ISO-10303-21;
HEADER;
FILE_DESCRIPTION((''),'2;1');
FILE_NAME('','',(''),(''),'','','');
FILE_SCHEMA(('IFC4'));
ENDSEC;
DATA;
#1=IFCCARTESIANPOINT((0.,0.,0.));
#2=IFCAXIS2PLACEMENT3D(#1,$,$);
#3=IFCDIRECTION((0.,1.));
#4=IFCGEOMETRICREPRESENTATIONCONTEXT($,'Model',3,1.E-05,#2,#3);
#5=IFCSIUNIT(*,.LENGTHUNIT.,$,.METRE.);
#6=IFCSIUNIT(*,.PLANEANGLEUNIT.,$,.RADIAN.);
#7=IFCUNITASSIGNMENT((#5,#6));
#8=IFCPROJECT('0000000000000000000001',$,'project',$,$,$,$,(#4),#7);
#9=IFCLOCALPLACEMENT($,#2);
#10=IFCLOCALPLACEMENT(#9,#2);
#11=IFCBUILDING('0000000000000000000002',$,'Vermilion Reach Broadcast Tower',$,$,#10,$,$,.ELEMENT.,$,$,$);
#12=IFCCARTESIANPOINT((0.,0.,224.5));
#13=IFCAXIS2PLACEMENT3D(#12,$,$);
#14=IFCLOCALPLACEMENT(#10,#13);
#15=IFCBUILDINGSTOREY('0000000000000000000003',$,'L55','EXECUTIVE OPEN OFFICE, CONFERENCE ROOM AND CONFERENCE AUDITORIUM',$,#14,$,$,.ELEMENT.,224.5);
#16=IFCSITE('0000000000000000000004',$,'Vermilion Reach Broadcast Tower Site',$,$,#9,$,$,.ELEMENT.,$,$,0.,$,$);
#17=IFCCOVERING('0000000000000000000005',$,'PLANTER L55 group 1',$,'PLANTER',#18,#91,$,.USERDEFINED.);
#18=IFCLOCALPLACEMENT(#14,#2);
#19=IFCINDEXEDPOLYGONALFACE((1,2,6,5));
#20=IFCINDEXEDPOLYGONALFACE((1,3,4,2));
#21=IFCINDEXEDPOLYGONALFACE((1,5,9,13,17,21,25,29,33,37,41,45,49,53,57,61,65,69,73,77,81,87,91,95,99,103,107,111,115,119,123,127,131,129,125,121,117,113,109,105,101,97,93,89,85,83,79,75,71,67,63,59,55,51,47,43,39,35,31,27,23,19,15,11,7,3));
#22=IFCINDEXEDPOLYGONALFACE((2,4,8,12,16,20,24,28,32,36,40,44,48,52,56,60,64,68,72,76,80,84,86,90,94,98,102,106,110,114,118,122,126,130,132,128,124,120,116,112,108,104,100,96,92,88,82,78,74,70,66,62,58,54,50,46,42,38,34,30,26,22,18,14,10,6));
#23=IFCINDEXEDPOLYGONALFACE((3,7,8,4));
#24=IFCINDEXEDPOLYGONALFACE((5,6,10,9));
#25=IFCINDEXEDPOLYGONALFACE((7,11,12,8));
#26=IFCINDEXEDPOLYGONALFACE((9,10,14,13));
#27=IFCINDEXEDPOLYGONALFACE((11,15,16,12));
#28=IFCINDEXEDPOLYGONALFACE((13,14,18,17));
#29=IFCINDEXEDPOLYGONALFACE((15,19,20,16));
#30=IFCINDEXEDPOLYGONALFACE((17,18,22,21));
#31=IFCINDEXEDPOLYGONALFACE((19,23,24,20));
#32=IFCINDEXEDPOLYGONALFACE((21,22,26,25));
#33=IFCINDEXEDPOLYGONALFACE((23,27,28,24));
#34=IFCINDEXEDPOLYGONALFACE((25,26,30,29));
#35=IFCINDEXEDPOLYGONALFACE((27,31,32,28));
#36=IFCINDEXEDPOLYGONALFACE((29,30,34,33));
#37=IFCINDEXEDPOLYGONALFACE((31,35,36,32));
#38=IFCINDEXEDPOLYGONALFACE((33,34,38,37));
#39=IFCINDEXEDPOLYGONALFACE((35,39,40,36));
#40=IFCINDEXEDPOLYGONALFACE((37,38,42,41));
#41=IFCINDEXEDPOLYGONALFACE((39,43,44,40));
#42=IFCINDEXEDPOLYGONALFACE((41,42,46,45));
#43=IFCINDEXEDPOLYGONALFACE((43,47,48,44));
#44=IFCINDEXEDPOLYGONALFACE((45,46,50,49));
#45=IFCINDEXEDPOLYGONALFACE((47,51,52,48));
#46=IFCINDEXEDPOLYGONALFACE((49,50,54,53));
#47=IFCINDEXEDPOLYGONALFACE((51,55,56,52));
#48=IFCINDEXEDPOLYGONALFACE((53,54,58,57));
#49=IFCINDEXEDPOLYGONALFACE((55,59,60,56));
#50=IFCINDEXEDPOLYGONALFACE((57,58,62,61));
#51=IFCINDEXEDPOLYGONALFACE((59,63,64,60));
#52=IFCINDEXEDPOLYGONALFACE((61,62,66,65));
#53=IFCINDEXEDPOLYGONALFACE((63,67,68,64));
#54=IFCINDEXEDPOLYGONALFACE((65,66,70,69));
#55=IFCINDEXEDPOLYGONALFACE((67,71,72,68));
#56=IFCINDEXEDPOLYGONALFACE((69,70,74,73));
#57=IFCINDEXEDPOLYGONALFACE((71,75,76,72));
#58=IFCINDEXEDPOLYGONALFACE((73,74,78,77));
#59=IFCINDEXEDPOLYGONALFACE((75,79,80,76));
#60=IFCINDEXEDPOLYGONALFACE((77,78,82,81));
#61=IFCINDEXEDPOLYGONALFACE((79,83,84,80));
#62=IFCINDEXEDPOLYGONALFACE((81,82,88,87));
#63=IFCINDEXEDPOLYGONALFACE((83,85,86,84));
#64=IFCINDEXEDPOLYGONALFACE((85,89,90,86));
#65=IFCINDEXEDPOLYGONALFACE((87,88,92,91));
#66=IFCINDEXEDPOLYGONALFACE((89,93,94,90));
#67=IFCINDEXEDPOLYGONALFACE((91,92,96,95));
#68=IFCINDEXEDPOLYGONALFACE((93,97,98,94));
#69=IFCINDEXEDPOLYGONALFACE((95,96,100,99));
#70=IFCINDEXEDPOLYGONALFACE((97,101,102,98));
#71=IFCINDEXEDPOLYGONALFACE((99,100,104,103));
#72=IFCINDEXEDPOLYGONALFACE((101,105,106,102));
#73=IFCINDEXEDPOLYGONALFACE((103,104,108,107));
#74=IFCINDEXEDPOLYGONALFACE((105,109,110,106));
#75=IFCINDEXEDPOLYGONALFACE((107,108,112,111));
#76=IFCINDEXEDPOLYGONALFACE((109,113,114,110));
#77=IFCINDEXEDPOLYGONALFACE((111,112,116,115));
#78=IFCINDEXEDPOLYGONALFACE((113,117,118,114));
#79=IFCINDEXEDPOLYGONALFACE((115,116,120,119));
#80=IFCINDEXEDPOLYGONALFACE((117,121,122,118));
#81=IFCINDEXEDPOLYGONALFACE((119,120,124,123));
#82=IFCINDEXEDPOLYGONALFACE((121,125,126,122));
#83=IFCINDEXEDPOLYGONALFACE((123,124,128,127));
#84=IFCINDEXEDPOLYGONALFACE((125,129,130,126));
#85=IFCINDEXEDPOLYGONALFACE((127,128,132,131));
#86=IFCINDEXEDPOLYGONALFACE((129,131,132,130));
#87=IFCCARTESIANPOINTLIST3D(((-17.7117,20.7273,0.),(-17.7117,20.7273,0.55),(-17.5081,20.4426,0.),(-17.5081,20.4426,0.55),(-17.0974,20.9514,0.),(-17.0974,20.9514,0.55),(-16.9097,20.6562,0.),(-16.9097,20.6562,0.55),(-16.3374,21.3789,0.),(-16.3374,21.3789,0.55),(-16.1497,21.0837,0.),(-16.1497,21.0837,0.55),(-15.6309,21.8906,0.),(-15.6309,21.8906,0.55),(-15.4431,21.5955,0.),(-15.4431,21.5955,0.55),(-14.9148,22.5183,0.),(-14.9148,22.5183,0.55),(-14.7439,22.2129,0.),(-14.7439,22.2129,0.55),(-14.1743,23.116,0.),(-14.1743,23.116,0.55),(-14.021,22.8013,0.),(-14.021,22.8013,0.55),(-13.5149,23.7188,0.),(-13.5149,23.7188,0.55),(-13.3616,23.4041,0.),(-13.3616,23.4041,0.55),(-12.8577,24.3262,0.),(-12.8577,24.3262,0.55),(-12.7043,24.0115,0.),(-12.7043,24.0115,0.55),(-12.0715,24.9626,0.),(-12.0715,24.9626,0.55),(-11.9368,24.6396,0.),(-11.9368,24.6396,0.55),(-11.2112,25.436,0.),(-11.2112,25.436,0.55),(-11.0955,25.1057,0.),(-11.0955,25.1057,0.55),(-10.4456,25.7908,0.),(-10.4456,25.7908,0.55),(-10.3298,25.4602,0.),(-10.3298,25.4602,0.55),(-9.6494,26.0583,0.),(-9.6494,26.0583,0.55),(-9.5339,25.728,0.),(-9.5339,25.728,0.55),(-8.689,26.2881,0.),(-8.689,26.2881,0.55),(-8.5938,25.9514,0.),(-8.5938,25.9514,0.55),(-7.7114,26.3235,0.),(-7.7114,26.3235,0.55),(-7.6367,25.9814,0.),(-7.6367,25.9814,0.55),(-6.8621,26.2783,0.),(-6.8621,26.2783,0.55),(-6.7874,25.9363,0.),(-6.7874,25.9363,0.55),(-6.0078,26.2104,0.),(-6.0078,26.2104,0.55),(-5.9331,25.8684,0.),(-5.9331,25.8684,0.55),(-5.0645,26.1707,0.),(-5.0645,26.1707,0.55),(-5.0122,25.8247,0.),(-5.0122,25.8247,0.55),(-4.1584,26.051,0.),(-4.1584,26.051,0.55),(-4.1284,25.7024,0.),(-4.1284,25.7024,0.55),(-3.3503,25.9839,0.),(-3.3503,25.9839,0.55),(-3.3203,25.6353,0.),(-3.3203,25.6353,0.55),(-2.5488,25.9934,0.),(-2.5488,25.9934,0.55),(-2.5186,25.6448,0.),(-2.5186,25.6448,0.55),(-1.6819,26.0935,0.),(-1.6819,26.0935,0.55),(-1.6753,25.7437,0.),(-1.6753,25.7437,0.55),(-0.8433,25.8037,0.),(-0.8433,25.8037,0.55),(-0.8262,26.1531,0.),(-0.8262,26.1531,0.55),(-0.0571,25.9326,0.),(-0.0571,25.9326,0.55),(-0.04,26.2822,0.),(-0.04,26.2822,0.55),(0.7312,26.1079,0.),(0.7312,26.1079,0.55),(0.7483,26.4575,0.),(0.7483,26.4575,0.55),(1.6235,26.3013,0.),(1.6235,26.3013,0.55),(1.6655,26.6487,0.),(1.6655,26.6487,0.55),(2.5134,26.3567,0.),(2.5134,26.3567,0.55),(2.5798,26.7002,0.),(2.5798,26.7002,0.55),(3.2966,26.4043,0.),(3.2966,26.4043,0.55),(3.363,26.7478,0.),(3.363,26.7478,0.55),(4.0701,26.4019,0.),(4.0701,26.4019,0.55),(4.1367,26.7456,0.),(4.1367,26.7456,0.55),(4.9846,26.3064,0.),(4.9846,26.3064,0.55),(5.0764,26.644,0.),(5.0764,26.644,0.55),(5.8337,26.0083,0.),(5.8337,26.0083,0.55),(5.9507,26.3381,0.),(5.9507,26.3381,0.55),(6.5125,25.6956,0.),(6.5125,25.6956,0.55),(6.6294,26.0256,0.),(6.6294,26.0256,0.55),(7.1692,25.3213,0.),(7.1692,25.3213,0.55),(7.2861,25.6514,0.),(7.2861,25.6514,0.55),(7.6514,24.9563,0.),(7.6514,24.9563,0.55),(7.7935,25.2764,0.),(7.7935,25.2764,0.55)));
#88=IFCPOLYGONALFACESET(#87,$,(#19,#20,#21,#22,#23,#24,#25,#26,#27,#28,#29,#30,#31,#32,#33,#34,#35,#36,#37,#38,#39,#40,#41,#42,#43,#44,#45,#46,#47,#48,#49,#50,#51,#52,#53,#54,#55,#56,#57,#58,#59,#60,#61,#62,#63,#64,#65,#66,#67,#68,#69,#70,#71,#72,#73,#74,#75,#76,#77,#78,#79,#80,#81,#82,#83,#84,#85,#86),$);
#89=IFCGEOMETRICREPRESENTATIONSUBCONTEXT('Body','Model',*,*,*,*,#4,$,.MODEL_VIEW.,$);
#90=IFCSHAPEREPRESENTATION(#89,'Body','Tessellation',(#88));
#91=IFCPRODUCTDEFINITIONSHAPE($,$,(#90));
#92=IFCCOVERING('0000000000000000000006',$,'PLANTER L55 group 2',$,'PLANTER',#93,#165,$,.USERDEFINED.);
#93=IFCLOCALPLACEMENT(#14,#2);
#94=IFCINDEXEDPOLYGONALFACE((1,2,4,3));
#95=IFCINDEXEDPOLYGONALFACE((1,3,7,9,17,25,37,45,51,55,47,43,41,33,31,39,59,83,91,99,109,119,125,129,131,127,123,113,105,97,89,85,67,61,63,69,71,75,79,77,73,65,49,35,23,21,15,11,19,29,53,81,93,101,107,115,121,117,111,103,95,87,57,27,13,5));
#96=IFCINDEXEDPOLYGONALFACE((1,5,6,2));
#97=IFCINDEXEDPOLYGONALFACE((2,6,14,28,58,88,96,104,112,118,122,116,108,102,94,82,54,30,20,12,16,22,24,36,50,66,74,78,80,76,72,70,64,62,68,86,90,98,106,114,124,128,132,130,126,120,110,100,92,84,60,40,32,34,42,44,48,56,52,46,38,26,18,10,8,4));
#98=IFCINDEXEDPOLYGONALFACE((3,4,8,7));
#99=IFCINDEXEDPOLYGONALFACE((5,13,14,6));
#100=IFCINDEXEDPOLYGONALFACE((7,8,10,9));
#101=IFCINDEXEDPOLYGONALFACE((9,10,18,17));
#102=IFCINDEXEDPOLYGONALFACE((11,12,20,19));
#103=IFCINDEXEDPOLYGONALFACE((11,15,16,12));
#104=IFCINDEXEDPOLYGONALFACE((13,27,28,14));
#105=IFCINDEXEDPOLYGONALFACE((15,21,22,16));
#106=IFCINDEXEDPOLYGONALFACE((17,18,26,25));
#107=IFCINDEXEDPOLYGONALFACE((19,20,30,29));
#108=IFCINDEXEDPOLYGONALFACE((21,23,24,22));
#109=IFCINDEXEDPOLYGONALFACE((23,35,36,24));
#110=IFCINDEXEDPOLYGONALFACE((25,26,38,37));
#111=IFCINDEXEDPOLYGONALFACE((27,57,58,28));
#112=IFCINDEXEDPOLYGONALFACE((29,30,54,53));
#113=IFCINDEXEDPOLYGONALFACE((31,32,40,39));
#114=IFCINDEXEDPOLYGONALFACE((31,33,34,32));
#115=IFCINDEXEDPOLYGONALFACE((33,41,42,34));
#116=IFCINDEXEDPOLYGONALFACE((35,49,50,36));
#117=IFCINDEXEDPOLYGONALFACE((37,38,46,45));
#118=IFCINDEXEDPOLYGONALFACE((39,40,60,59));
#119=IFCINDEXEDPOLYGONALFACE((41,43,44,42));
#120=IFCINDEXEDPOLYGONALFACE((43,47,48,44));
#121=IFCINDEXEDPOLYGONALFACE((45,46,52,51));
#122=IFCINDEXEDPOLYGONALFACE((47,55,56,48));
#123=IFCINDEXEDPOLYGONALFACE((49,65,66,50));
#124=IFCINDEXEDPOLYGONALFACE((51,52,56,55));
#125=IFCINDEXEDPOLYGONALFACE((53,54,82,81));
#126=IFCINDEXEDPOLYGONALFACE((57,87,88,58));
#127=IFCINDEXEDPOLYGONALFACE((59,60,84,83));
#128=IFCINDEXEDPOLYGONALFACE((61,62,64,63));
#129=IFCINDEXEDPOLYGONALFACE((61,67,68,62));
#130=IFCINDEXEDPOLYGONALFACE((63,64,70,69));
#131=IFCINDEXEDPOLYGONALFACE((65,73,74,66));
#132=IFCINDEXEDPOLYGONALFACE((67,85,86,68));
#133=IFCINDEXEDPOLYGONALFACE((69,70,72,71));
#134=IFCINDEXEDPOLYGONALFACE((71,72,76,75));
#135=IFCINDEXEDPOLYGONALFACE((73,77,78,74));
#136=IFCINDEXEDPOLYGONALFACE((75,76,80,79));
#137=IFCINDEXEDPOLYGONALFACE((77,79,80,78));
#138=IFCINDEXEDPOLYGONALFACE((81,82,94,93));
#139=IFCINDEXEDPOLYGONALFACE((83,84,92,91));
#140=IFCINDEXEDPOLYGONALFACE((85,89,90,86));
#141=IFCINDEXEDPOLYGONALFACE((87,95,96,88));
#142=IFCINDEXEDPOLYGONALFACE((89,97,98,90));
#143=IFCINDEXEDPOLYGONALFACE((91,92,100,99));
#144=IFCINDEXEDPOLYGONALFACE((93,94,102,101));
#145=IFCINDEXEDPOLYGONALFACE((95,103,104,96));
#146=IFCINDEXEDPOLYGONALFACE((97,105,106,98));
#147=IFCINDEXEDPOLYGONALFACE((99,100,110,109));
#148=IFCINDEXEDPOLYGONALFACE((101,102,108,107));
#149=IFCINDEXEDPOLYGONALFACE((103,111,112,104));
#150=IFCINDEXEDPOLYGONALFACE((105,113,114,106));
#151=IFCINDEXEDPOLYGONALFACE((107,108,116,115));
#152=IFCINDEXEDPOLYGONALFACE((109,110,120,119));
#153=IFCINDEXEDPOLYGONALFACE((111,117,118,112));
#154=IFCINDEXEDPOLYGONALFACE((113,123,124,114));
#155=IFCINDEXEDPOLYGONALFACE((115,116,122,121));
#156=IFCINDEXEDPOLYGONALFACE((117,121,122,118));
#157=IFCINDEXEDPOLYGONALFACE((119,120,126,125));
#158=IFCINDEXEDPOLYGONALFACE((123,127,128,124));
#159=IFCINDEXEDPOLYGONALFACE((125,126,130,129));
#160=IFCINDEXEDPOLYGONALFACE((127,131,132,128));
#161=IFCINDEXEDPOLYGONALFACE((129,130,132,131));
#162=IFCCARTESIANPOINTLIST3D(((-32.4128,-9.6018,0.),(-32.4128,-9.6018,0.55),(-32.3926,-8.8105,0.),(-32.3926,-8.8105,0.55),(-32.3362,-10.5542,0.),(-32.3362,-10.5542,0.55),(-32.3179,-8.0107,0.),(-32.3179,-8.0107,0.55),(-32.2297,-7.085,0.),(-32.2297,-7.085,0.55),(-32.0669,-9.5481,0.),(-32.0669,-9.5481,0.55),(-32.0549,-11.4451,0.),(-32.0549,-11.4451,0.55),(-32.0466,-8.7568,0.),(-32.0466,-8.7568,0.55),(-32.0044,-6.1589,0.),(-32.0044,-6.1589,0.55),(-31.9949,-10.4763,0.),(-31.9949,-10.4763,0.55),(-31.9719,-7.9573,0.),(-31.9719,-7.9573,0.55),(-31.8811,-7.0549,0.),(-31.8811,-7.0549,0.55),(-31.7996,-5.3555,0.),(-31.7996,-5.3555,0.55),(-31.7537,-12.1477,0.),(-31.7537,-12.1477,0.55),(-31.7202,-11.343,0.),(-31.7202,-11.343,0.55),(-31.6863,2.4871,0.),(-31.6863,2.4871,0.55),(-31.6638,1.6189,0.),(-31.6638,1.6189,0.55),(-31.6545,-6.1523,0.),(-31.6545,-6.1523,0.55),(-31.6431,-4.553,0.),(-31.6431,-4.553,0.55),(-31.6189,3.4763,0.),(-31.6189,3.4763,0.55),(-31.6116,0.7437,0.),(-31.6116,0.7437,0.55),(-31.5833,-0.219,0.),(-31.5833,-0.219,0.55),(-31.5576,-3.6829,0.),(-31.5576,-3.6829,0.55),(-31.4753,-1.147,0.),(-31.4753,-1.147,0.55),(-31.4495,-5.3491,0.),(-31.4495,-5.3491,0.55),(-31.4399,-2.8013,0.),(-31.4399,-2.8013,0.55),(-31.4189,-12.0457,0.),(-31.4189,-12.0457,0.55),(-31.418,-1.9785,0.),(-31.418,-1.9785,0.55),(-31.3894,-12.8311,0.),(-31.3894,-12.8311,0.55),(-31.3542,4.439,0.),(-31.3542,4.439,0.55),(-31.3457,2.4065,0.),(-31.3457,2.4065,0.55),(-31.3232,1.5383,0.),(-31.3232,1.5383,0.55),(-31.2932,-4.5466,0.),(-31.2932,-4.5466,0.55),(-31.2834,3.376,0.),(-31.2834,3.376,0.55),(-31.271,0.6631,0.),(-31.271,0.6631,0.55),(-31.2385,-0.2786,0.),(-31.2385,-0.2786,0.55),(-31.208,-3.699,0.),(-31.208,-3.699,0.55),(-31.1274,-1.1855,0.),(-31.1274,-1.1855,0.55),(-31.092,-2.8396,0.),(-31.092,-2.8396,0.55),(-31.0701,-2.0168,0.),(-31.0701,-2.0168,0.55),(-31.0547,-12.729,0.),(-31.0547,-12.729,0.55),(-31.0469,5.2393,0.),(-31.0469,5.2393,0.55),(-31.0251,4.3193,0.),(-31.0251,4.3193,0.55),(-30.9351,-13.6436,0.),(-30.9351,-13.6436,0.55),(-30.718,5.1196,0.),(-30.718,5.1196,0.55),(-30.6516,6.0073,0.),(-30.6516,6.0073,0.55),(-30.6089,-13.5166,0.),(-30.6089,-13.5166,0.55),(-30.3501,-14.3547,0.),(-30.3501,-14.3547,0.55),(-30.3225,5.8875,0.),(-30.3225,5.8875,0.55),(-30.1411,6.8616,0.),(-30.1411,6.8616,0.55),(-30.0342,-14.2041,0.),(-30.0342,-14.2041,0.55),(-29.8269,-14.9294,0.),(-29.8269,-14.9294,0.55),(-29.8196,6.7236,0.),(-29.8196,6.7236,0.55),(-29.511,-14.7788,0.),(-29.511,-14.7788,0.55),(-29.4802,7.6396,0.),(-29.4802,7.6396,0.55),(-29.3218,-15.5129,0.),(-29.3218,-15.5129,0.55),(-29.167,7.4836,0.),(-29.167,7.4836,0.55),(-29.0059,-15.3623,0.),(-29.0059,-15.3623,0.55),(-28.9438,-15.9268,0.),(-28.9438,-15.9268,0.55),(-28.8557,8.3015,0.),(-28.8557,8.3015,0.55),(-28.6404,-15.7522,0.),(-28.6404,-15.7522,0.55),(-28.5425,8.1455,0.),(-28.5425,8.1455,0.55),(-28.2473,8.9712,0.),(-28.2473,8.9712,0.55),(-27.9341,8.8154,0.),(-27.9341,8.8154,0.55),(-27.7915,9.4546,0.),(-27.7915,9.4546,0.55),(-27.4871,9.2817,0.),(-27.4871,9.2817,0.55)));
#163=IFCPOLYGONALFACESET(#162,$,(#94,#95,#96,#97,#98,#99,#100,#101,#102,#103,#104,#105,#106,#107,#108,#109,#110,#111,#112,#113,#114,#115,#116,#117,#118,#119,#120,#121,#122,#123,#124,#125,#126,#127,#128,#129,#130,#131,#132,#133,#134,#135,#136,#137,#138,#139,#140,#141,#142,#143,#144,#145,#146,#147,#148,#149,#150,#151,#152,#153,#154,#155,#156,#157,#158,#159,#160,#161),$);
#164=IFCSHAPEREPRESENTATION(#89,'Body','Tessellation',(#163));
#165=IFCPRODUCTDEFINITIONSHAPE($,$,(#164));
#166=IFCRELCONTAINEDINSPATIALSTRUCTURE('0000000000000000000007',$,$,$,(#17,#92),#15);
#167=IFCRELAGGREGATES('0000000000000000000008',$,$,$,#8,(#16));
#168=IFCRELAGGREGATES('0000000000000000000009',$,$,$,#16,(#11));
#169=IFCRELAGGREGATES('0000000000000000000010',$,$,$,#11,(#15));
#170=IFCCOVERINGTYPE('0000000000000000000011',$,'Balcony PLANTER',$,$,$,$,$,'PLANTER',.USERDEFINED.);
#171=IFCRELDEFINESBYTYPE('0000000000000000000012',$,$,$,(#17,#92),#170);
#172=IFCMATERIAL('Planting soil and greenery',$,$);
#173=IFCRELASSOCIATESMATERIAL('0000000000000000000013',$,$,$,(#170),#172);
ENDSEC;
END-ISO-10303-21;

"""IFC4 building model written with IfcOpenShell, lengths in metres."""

from ifc_helpers import new_model, si_unit, direction, frame, origin, place, context, subcontext, project, spatial, polyline, outline, extrude, material, type_object, element, save


model = new_model("IFC4")

# Units and contexts
model_context = context("Model", 3, precision=1e-05, world=origin(), true_north=direction((0.0, 1.0)))
body_context = subcontext(model_context, "Body", "Model", "MODEL_VIEW")
ifc_project = project(units=[si_unit("LENGTHUNIT", "METRE"), si_unit("PLANEANGLEUNIT", "RADIAN")], contexts=[model_context])

# Site, building, storey
site_placement = place(None, origin())
site = spatial("IfcSite", under=ifc_project, at=site_placement, Name="Vermilion Reach Broadcast Tower Site", CompositionType="ELEMENT", RefElevation=0.0)
building_placement = place(site_placement, origin())
building = spatial("IfcBuilding", under=site, at=building_placement, Name="Vermilion Reach Broadcast Tower", CompositionType="ELEMENT")
storey_placement = place(building_placement, frame((0.0, 0.0, 224.5)))
storey = spatial("IfcBuildingStorey", under=building, at=storey_placement, Name="L55", Description="EXECUTIVE OPEN OFFICE, CONFERENCE ROOM AND CONFERENCE AUDITORIUM", CompositionType="ELEMENT", Elevation=224.5)

# Shared definitions
placement_1 = place(storey_placement, origin())

# Coverings
ifc_material_1 = material(Name="Planting soil and greenery")
covering_type = type_object("IfcCoveringType", Name="Balcony PLANTER", ElementType="PLANTER", PredefinedType="USERDEFINED", material=ifc_material_1)
element("IfcCovering", 1, at=placement_1, inside=storey, type_object=covering_type, Name="PLANTER L55 group 1", ObjectType="PLANTER", PredefinedType="USERDEFINED", context=body_context, shape_type="SweptSolid", body=[
    extrude(outline(polyline([(7.7935, 25.2764), (7.2861, 25.6514), (6.6294, 26.0256), (5.9507, 26.3381), (5.0764, 26.644), (4.1367, 26.7456), (3.363, 26.7478), (2.5798, 26.7002), (1.6655, 26.6487), (0.7483, 26.4575), (-0.04, 26.2822), (-0.8262, 26.1531), (-1.6819, 26.0935), (-2.5488, 25.9934), (-3.3503, 25.9839), (-4.1584, 26.051), (-5.0645, 26.1707), (-6.0078, 26.2104), (-6.8621, 26.2783), (-7.7114, 26.3235), (-8.689, 26.2881), (-9.6494, 26.0583), (-10.4456, 25.7908), (-11.2112, 25.436), (-12.0715, 24.9626), (-12.8577, 24.3262), (-13.5149, 23.7188), (-14.1743, 23.116), (-14.9148, 22.5183), (-15.6309, 21.8906), (-16.3374, 21.3789), (-17.0974, 20.9514), (-17.7117, 20.7273), (-17.5081, 20.4426), (-16.9097, 20.6562), (-16.1497, 21.0837), (-15.4431, 21.5955), (-14.7439, 22.2129), (-14.021, 22.8013), (-13.3616, 23.4041), (-12.7043, 24.0115), (-11.9368, 24.6396), (-11.0955, 25.1057), (-10.3298, 25.4602), (-9.5339, 25.728), (-8.5938, 25.9514), (-7.6367, 25.9814), (-6.7874, 25.9363), (-5.9331, 25.8684), (-5.0122, 25.8247), (-4.1284, 25.7024), (-3.3203, 25.6353), (-2.5186, 25.6448), (-1.6753, 25.7437), (-0.8433, 25.8037), (-0.0571, 25.9326), (0.7312, 26.1079), (1.6235, 26.3013), (2.5134, 26.3567), (3.2966, 26.4043), (4.0701, 26.4019), (4.9846, 26.3064), (5.8337, 26.0083), (6.5125, 25.6956), (7.1692, 25.3213), (7.6514, 24.9563), (7.7935, 25.2764)])), origin(), (0.0, 0.0, 1.0), 0.55),
])
element("IfcCovering", 2, at=placement_1, inside=storey, type_object=covering_type, Name="PLANTER L55 group 2", ObjectType="PLANTER", PredefinedType="USERDEFINED", context=body_context, shape_type="SweptSolid", body=[
    extrude(outline(polyline([(-27.7915, 9.4546), (-28.2473, 8.9712), (-28.8557, 8.3015), (-29.4802, 7.6396), (-30.1411, 6.8616), (-30.6516, 6.0073), (-31.0469, 5.2393), (-31.3542, 4.439), (-31.6189, 3.4763), (-31.6863, 2.4871), (-31.6638, 1.6189), (-31.6116, 0.7437), (-31.5833, -0.219), (-31.4753, -1.147), (-31.418, -1.9785), (-31.4399, -2.8013), (-31.5576, -3.6829), (-31.6431, -4.553), (-31.7996, -5.3555), (-32.0044, -6.1589), (-32.2297, -7.085), (-32.3179, -8.0107), (-32.3926, -8.8105), (-32.4128, -9.6018), (-32.3362, -10.5542), (-32.0549, -11.4451), (-31.7537, -12.1477), (-31.3894, -12.8311), (-30.9351, -13.6436), (-30.3501, -14.3547), (-29.8269, -14.9294), (-29.3218, -15.5129), (-28.9438, -15.9268), (-28.6404, -15.7522), (-29.0059, -15.3623), (-29.511, -14.7788), (-30.0342, -14.2041), (-30.6089, -13.5166), (-31.0547, -12.729), (-31.4189, -12.0457), (-31.7202, -11.343), (-31.9949, -10.4763), (-32.0669, -9.5481), (-32.0466, -8.7568), (-31.9719, -7.9573), (-31.8811, -7.0549), (-31.6545, -6.1523), (-31.4495, -5.3491), (-31.2932, -4.5466), (-31.208, -3.699), (-31.092, -2.8396), (-31.0701, -2.0168), (-31.1274, -1.1855), (-31.2385, -0.2786), (-31.271, 0.6631), (-31.3232, 1.5383), (-31.3457, 2.4065), (-31.2834, 3.376), (-31.0251, 4.3193), (-30.718, 5.1196), (-30.3225, 5.8875), (-29.8196, 6.7236), (-29.167, 7.4836), (-28.5425, 8.1455), (-27.9341, 8.8154), (-27.4871, 9.2817), (-27.7915, 9.4546)])), origin(), (0.0, 0.0, 1.0), 0.55),
])

save(model, "model.ifc")
